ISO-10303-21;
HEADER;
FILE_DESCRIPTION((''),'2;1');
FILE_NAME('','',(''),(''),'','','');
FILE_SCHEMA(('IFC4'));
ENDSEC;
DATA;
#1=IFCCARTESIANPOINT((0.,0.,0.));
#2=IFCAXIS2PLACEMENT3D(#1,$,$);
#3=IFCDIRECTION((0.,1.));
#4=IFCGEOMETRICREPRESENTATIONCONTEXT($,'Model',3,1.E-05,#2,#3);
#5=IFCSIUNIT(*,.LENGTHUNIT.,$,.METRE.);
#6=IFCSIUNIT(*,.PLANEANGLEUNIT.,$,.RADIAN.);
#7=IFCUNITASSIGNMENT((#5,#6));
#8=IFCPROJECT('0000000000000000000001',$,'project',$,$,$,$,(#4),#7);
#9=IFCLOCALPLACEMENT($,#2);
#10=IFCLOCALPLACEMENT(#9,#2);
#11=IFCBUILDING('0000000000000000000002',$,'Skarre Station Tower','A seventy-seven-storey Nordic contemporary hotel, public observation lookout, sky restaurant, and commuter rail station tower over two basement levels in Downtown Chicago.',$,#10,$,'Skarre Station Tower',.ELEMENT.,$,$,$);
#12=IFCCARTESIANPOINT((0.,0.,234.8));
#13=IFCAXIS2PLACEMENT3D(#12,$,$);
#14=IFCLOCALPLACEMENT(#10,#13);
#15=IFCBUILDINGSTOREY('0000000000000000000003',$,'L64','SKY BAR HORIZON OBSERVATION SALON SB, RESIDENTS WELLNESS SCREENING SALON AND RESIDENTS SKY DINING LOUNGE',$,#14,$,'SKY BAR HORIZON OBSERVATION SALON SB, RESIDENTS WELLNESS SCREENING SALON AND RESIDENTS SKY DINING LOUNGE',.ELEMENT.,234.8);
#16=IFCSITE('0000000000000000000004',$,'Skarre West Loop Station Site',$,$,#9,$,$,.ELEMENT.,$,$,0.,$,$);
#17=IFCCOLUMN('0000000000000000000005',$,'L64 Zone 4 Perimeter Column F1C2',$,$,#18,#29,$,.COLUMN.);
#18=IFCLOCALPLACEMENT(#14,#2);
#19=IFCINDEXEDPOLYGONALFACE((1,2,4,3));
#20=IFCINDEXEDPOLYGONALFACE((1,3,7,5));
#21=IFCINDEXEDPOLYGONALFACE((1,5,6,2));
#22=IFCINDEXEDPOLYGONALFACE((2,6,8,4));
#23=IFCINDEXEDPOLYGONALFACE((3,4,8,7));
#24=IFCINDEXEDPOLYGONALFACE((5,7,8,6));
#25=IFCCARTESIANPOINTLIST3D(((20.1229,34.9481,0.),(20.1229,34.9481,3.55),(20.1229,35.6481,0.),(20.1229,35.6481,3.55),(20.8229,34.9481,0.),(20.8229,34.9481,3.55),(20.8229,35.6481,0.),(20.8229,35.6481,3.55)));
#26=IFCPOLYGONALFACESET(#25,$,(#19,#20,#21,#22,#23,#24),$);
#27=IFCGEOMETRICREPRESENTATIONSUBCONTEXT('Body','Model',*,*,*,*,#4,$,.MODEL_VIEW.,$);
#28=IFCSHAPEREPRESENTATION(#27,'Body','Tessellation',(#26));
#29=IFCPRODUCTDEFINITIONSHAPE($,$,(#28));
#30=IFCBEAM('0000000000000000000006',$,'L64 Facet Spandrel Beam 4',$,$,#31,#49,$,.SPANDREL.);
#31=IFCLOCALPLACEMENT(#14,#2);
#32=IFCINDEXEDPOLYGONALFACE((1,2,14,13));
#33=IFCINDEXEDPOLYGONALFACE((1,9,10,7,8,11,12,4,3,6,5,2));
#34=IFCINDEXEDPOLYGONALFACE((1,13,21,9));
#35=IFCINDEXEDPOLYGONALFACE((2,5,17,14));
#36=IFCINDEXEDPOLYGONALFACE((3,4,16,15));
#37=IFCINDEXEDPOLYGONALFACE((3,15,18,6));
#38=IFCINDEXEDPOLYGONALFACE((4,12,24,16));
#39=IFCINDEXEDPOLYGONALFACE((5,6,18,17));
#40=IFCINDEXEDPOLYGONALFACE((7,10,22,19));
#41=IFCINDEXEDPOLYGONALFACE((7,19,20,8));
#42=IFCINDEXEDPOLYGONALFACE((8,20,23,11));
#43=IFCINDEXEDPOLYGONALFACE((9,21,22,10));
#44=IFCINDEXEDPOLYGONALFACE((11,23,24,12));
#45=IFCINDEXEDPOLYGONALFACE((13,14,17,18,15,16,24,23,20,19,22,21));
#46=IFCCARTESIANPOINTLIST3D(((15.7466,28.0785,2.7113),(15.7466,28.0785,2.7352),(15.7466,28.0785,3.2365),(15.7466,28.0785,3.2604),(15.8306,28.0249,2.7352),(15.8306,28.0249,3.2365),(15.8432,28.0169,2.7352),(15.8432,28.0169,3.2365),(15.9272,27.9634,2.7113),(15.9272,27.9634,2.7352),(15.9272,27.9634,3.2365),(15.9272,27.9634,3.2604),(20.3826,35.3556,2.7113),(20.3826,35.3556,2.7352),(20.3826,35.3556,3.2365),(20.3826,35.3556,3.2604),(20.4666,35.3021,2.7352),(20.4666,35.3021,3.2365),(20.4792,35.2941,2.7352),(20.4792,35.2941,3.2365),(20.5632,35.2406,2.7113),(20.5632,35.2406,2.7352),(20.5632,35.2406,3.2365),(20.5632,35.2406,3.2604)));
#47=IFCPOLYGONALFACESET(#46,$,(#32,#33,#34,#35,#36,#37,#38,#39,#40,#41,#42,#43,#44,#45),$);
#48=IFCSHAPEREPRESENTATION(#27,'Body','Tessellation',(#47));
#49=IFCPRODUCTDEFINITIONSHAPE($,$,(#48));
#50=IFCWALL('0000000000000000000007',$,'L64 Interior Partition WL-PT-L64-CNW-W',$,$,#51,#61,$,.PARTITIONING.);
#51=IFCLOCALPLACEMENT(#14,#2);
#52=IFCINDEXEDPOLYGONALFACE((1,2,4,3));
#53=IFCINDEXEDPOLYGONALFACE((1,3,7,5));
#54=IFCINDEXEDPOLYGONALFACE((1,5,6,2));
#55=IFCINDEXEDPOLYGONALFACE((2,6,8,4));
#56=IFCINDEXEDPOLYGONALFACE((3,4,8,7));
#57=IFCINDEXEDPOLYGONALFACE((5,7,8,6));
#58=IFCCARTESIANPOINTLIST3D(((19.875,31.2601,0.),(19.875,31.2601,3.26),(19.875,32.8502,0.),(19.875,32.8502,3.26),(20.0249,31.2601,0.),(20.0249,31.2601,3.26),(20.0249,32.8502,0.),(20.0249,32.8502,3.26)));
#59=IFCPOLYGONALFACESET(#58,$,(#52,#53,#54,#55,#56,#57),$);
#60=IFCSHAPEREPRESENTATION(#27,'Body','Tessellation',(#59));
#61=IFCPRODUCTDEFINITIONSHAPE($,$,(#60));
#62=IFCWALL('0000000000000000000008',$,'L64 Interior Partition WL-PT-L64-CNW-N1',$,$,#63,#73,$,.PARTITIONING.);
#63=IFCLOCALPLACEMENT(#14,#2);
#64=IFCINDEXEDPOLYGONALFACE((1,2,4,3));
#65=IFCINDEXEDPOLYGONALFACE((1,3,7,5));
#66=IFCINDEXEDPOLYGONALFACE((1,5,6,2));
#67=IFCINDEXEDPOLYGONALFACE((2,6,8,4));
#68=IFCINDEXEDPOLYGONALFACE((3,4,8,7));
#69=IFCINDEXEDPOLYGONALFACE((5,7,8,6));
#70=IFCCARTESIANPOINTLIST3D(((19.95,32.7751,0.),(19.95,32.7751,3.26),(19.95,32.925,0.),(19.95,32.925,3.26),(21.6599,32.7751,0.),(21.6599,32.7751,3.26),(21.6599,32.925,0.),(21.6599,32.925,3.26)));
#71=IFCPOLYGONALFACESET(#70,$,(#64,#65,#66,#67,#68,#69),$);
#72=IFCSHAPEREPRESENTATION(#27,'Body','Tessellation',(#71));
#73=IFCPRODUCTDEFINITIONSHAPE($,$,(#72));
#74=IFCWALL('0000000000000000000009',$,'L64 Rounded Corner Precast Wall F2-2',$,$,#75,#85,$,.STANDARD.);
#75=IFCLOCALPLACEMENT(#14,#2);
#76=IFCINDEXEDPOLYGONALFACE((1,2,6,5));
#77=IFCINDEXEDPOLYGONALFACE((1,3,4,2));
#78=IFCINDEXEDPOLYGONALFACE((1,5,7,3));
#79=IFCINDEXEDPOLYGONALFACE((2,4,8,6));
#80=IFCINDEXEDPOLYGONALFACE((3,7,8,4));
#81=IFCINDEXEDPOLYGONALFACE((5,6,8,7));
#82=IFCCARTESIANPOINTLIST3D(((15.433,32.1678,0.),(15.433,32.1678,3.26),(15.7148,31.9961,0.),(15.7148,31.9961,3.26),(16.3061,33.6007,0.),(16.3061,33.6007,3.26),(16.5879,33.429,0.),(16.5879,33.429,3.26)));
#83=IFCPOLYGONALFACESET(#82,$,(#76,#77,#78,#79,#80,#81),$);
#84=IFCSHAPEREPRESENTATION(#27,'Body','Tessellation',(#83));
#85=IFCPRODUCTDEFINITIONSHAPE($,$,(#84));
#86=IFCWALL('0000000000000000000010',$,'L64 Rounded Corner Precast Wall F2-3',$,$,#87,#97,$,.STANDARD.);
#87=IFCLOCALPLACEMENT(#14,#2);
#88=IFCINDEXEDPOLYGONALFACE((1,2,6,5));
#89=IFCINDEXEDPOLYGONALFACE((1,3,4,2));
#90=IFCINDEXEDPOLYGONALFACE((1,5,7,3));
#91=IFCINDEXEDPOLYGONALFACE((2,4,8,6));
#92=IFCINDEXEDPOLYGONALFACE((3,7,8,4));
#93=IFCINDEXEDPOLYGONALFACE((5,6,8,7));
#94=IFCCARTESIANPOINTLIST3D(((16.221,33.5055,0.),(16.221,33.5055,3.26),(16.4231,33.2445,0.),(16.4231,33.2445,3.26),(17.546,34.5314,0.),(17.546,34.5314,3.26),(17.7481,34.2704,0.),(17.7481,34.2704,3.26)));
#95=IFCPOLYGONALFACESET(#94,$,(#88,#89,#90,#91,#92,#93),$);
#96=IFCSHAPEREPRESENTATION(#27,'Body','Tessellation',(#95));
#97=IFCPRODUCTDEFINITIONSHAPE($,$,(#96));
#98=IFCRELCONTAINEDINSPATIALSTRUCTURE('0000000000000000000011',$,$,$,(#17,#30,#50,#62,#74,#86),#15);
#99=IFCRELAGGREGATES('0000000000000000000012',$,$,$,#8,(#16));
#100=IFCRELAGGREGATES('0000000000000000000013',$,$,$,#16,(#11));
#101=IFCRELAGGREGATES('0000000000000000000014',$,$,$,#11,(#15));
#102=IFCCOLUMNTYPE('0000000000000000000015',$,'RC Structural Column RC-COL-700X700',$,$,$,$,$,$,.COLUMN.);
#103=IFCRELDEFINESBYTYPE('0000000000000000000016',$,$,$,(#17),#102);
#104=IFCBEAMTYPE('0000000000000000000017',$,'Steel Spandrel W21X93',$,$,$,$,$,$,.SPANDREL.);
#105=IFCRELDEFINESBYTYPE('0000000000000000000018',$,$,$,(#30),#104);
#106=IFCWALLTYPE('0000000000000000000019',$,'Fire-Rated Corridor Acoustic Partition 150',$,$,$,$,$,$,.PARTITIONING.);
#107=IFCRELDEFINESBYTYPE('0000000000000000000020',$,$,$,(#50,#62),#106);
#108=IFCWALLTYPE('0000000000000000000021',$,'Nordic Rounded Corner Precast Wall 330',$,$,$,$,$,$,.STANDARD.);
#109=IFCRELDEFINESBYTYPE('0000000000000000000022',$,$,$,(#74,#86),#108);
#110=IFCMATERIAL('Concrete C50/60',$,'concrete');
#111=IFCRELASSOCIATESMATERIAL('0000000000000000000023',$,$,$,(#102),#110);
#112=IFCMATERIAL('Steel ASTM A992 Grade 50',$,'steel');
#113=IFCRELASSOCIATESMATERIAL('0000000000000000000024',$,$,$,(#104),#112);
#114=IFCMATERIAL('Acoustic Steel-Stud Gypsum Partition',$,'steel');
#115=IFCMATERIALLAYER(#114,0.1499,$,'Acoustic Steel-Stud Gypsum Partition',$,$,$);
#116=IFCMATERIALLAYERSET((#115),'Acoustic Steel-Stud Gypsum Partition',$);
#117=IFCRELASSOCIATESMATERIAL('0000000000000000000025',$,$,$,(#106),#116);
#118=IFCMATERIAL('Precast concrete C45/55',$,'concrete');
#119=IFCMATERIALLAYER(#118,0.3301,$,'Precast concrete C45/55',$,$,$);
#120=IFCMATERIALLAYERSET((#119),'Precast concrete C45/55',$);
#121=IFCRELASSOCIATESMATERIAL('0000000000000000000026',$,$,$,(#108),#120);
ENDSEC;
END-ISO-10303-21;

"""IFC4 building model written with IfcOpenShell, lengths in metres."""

from ifc_helpers import new_model, si_unit, direction, frame, frame_2d, origin, origin_2d, place, context, subcontext, project, spatial, rectangle, i_section, extrude, material, layer, layer_set, material_profile, profile_set, type_object, element, save


model = new_model("IFC4")

# Units and contexts
model_context = context("Model", 3, precision=1e-05, world=origin(), true_north=direction((0.0, 1.0)))
body_context = subcontext(model_context, "Body", "Model", "MODEL_VIEW")
ifc_project = project(units=[si_unit("LENGTHUNIT", "METRE"), si_unit("PLANEANGLEUNIT", "RADIAN")], contexts=[model_context])

# Site, building, storey
site_placement = place(None, origin())
site = spatial("IfcSite", under=ifc_project, at=site_placement, Name="Skarre West Loop Station Site", CompositionType="ELEMENT", RefElevation=0.0)
building_placement = place(site_placement, origin())
building = spatial("IfcBuilding", under=site, at=building_placement, Name="Skarre Station Tower", Description="A seventy-seven-storey Nordic contemporary hotel, public observation lookout, sky restaurant, and commuter rail station tower over two basement levels in Downtown Chicago.", LongName="Skarre Station Tower", CompositionType="ELEMENT")
storey_placement = place(building_placement, frame((0.0, 0.0, 234.8)))
storey = spatial("IfcBuildingStorey", under=building, at=storey_placement, Name="L64", Description="SKY BAR HORIZON OBSERVATION SALON SB, RESIDENTS WELLNESS SCREENING SALON AND RESIDENTS SKY DINING LOUNGE", LongName="SKY BAR HORIZON OBSERVATION SALON SB, RESIDENTS WELLNESS SCREENING SALON AND RESIDENTS SKY DINING LOUNGE", CompositionType="ELEMENT", Elevation=234.8)

# Column
ifc_material_1 = material(Name="Concrete C50/60", Category="concrete")
ifc_material_profile_1 = material_profile(ifc_material_1, rectangle(XDim=0.7, YDim=0.7, at=origin_2d()), Name="Concrete C50/60")
ifc_profile_set_1 = profile_set([ifc_material_profile_1], Name="Concrete C50/60")
column_type = type_object("IfcColumnType", Name="RC Structural Column RC-COL-700X700", PredefinedType="COLUMN", material=ifc_profile_set_1)
column_placement = place(storey_placement, frame((20.4729, 35.2981, 0.0), z_axis=(0.0, 0.0, 1.0), x_axis=(1.0, 0.0, 0.0)))
element("IfcColumn", 1, at=column_placement, inside=storey, type_object=column_type, Name="L64 Zone 4 Perimeter Column F1C2", PredefinedType="COLUMN", context=body_context, shape_type="SweptSolid", body=[
    extrude(rectangle(XDim=0.7, YDim=0.7, at=origin_2d()), origin(), (0.0, 0.0, 1.0), 3.55),
])

# Beam
ifc_material_2 = material(Name="Steel ASTM A992 Grade 50", Category="steel")
ifc_material_profile_2 = material_profile(ifc_material_2, i_section(OverallWidth=0.2141, OverallDepth=0.5491, WebThickness=0.0149, FlangeThickness=0.0239, at=origin_2d()), Name="Steel ASTM A992 Grade 50")
ifc_profile_set_2 = profile_set([ifc_material_profile_2], Name="Steel ASTM A992 Grade 50")
beam_type = type_object("IfcBeamType", Name="Steel Spandrel W21X93", PredefinedType="SPANDREL", material=ifc_profile_set_2)
beam_placement = place(storey_placement, frame((20.4729, 35.2981, 2.9858), z_axis=(-0.537297, -0.843393, 0.0), x_axis=(0.843393, -0.537297, 0.0)))
element("IfcBeam", 2, at=beam_placement, inside=storey, type_object=beam_type, Name="L64 Facet Spandrel Beam 4", PredefinedType="SPANDREL", context=body_context, shape_type="SweptSolid", body=[
    extrude(i_section(OverallWidth=0.2141, OverallDepth=0.5491, WebThickness=0.0149, FlangeThickness=0.0239, at=origin_2d()), origin(), (0.0, 0.0, 1.0), 8.6284),
])

# Walls
ifc_material_3 = material(Name="Acoustic Steel-Stud Gypsum Partition", Category="steel")
ifc_layer_1 = layer(ifc_material_3, 0.1499, Name="Acoustic Steel-Stud Gypsum Partition")
ifc_layer_set_1 = layer_set([ifc_layer_1], Name="Acoustic Steel-Stud Gypsum Partition")
wall_type_1 = type_object("IfcWallType", Name="Fire-Rated Corridor Acoustic Partition 150", PredefinedType="PARTITIONING", material=ifc_layer_set_1)
wall_1_placement = place(storey_placement, frame((19.95, 32.8501, 0.0), z_axis=(0.0, 0.0, 1.0), x_axis=(0.0, -1.0, 0.0)))
element("IfcWall", 3, at=wall_1_placement, inside=storey, type_object=wall_type_1, Name="L64 Interior Partition WL-PT-L64-CNW-W", PredefinedType="PARTITIONING", context=body_context, shape_type="SweptSolid", body=[
    extrude(rectangle(XDim=1.5901, YDim=0.1499, at=frame_2d((0.7949, 0.0))), origin(), (0.0, 0.0, 1.0), 3.26),
])
wall_2_placement = place(storey_placement, frame((21.6599, 32.8501, 0.0), z_axis=(0.0, 0.0, 1.0), x_axis=(-1.0, 0.0, 0.0)))
element("IfcWall", 4, at=wall_2_placement, inside=storey, type_object=wall_type_1, Name="L64 Interior Partition WL-PT-L64-CNW-N1", PredefinedType="PARTITIONING", context=body_context, shape_type="SweptSolid", body=[
    extrude(rectangle(XDim=1.71, YDim=0.1499, at=frame_2d((0.855, 0.0))), origin(), (0.0, 0.0, 1.0), 3.26),
])
ifc_material_4 = material(Name="Precast concrete C45/55", Category="concrete")
ifc_layer_2 = layer(ifc_material_4, 0.3301, Name="Precast concrete C45/55")
ifc_layer_set_2 = layer_set([ifc_layer_2], Name="Precast concrete C45/55")
wall_type_2 = type_object("IfcWallType", Name="Nordic Rounded Corner Precast Wall 330", PredefinedType="STANDARD", material=ifc_layer_set_2)
wall_3_placement = place(storey_placement, frame((15.574, 32.082, 0.0), z_axis=(0.0, 0.0, 1.0), x_axis=(0.520325, 0.853968, 0.0)))
element("IfcWall", 5, at=wall_3_placement, inside=storey, type_object=wall_type_2, Name="L64 Rounded Corner Precast Wall F2-2", PredefinedType="STANDARD", context=body_context, shape_type="SweptSolid", body=[
    extrude(rectangle(XDim=1.678, YDim=0.3301, at=frame_2d((0.8389, 0.0))), origin(), (0.0, 0.0, 1.0), 3.26),
])
wall_4_placement = place(storey_placement, frame((16.322, 33.375, 0.0), z_axis=(0.0, 0.0, 1.0), x_axis=(0.790692, 0.612214, 0.0)))
element("IfcWall", 6, at=wall_4_placement, inside=storey, type_object=wall_type_2, Name="L64 Rounded Corner Precast Wall F2-3", PredefinedType="STANDARD", context=body_context, shape_type="SweptSolid", body=[
    extrude(rectangle(XDim=1.6758, YDim=0.3301, at=frame_2d((0.8379, 0.0))), origin(), (0.0, 0.0, 1.0), 3.26),
])

save(model, "model.ifc")
